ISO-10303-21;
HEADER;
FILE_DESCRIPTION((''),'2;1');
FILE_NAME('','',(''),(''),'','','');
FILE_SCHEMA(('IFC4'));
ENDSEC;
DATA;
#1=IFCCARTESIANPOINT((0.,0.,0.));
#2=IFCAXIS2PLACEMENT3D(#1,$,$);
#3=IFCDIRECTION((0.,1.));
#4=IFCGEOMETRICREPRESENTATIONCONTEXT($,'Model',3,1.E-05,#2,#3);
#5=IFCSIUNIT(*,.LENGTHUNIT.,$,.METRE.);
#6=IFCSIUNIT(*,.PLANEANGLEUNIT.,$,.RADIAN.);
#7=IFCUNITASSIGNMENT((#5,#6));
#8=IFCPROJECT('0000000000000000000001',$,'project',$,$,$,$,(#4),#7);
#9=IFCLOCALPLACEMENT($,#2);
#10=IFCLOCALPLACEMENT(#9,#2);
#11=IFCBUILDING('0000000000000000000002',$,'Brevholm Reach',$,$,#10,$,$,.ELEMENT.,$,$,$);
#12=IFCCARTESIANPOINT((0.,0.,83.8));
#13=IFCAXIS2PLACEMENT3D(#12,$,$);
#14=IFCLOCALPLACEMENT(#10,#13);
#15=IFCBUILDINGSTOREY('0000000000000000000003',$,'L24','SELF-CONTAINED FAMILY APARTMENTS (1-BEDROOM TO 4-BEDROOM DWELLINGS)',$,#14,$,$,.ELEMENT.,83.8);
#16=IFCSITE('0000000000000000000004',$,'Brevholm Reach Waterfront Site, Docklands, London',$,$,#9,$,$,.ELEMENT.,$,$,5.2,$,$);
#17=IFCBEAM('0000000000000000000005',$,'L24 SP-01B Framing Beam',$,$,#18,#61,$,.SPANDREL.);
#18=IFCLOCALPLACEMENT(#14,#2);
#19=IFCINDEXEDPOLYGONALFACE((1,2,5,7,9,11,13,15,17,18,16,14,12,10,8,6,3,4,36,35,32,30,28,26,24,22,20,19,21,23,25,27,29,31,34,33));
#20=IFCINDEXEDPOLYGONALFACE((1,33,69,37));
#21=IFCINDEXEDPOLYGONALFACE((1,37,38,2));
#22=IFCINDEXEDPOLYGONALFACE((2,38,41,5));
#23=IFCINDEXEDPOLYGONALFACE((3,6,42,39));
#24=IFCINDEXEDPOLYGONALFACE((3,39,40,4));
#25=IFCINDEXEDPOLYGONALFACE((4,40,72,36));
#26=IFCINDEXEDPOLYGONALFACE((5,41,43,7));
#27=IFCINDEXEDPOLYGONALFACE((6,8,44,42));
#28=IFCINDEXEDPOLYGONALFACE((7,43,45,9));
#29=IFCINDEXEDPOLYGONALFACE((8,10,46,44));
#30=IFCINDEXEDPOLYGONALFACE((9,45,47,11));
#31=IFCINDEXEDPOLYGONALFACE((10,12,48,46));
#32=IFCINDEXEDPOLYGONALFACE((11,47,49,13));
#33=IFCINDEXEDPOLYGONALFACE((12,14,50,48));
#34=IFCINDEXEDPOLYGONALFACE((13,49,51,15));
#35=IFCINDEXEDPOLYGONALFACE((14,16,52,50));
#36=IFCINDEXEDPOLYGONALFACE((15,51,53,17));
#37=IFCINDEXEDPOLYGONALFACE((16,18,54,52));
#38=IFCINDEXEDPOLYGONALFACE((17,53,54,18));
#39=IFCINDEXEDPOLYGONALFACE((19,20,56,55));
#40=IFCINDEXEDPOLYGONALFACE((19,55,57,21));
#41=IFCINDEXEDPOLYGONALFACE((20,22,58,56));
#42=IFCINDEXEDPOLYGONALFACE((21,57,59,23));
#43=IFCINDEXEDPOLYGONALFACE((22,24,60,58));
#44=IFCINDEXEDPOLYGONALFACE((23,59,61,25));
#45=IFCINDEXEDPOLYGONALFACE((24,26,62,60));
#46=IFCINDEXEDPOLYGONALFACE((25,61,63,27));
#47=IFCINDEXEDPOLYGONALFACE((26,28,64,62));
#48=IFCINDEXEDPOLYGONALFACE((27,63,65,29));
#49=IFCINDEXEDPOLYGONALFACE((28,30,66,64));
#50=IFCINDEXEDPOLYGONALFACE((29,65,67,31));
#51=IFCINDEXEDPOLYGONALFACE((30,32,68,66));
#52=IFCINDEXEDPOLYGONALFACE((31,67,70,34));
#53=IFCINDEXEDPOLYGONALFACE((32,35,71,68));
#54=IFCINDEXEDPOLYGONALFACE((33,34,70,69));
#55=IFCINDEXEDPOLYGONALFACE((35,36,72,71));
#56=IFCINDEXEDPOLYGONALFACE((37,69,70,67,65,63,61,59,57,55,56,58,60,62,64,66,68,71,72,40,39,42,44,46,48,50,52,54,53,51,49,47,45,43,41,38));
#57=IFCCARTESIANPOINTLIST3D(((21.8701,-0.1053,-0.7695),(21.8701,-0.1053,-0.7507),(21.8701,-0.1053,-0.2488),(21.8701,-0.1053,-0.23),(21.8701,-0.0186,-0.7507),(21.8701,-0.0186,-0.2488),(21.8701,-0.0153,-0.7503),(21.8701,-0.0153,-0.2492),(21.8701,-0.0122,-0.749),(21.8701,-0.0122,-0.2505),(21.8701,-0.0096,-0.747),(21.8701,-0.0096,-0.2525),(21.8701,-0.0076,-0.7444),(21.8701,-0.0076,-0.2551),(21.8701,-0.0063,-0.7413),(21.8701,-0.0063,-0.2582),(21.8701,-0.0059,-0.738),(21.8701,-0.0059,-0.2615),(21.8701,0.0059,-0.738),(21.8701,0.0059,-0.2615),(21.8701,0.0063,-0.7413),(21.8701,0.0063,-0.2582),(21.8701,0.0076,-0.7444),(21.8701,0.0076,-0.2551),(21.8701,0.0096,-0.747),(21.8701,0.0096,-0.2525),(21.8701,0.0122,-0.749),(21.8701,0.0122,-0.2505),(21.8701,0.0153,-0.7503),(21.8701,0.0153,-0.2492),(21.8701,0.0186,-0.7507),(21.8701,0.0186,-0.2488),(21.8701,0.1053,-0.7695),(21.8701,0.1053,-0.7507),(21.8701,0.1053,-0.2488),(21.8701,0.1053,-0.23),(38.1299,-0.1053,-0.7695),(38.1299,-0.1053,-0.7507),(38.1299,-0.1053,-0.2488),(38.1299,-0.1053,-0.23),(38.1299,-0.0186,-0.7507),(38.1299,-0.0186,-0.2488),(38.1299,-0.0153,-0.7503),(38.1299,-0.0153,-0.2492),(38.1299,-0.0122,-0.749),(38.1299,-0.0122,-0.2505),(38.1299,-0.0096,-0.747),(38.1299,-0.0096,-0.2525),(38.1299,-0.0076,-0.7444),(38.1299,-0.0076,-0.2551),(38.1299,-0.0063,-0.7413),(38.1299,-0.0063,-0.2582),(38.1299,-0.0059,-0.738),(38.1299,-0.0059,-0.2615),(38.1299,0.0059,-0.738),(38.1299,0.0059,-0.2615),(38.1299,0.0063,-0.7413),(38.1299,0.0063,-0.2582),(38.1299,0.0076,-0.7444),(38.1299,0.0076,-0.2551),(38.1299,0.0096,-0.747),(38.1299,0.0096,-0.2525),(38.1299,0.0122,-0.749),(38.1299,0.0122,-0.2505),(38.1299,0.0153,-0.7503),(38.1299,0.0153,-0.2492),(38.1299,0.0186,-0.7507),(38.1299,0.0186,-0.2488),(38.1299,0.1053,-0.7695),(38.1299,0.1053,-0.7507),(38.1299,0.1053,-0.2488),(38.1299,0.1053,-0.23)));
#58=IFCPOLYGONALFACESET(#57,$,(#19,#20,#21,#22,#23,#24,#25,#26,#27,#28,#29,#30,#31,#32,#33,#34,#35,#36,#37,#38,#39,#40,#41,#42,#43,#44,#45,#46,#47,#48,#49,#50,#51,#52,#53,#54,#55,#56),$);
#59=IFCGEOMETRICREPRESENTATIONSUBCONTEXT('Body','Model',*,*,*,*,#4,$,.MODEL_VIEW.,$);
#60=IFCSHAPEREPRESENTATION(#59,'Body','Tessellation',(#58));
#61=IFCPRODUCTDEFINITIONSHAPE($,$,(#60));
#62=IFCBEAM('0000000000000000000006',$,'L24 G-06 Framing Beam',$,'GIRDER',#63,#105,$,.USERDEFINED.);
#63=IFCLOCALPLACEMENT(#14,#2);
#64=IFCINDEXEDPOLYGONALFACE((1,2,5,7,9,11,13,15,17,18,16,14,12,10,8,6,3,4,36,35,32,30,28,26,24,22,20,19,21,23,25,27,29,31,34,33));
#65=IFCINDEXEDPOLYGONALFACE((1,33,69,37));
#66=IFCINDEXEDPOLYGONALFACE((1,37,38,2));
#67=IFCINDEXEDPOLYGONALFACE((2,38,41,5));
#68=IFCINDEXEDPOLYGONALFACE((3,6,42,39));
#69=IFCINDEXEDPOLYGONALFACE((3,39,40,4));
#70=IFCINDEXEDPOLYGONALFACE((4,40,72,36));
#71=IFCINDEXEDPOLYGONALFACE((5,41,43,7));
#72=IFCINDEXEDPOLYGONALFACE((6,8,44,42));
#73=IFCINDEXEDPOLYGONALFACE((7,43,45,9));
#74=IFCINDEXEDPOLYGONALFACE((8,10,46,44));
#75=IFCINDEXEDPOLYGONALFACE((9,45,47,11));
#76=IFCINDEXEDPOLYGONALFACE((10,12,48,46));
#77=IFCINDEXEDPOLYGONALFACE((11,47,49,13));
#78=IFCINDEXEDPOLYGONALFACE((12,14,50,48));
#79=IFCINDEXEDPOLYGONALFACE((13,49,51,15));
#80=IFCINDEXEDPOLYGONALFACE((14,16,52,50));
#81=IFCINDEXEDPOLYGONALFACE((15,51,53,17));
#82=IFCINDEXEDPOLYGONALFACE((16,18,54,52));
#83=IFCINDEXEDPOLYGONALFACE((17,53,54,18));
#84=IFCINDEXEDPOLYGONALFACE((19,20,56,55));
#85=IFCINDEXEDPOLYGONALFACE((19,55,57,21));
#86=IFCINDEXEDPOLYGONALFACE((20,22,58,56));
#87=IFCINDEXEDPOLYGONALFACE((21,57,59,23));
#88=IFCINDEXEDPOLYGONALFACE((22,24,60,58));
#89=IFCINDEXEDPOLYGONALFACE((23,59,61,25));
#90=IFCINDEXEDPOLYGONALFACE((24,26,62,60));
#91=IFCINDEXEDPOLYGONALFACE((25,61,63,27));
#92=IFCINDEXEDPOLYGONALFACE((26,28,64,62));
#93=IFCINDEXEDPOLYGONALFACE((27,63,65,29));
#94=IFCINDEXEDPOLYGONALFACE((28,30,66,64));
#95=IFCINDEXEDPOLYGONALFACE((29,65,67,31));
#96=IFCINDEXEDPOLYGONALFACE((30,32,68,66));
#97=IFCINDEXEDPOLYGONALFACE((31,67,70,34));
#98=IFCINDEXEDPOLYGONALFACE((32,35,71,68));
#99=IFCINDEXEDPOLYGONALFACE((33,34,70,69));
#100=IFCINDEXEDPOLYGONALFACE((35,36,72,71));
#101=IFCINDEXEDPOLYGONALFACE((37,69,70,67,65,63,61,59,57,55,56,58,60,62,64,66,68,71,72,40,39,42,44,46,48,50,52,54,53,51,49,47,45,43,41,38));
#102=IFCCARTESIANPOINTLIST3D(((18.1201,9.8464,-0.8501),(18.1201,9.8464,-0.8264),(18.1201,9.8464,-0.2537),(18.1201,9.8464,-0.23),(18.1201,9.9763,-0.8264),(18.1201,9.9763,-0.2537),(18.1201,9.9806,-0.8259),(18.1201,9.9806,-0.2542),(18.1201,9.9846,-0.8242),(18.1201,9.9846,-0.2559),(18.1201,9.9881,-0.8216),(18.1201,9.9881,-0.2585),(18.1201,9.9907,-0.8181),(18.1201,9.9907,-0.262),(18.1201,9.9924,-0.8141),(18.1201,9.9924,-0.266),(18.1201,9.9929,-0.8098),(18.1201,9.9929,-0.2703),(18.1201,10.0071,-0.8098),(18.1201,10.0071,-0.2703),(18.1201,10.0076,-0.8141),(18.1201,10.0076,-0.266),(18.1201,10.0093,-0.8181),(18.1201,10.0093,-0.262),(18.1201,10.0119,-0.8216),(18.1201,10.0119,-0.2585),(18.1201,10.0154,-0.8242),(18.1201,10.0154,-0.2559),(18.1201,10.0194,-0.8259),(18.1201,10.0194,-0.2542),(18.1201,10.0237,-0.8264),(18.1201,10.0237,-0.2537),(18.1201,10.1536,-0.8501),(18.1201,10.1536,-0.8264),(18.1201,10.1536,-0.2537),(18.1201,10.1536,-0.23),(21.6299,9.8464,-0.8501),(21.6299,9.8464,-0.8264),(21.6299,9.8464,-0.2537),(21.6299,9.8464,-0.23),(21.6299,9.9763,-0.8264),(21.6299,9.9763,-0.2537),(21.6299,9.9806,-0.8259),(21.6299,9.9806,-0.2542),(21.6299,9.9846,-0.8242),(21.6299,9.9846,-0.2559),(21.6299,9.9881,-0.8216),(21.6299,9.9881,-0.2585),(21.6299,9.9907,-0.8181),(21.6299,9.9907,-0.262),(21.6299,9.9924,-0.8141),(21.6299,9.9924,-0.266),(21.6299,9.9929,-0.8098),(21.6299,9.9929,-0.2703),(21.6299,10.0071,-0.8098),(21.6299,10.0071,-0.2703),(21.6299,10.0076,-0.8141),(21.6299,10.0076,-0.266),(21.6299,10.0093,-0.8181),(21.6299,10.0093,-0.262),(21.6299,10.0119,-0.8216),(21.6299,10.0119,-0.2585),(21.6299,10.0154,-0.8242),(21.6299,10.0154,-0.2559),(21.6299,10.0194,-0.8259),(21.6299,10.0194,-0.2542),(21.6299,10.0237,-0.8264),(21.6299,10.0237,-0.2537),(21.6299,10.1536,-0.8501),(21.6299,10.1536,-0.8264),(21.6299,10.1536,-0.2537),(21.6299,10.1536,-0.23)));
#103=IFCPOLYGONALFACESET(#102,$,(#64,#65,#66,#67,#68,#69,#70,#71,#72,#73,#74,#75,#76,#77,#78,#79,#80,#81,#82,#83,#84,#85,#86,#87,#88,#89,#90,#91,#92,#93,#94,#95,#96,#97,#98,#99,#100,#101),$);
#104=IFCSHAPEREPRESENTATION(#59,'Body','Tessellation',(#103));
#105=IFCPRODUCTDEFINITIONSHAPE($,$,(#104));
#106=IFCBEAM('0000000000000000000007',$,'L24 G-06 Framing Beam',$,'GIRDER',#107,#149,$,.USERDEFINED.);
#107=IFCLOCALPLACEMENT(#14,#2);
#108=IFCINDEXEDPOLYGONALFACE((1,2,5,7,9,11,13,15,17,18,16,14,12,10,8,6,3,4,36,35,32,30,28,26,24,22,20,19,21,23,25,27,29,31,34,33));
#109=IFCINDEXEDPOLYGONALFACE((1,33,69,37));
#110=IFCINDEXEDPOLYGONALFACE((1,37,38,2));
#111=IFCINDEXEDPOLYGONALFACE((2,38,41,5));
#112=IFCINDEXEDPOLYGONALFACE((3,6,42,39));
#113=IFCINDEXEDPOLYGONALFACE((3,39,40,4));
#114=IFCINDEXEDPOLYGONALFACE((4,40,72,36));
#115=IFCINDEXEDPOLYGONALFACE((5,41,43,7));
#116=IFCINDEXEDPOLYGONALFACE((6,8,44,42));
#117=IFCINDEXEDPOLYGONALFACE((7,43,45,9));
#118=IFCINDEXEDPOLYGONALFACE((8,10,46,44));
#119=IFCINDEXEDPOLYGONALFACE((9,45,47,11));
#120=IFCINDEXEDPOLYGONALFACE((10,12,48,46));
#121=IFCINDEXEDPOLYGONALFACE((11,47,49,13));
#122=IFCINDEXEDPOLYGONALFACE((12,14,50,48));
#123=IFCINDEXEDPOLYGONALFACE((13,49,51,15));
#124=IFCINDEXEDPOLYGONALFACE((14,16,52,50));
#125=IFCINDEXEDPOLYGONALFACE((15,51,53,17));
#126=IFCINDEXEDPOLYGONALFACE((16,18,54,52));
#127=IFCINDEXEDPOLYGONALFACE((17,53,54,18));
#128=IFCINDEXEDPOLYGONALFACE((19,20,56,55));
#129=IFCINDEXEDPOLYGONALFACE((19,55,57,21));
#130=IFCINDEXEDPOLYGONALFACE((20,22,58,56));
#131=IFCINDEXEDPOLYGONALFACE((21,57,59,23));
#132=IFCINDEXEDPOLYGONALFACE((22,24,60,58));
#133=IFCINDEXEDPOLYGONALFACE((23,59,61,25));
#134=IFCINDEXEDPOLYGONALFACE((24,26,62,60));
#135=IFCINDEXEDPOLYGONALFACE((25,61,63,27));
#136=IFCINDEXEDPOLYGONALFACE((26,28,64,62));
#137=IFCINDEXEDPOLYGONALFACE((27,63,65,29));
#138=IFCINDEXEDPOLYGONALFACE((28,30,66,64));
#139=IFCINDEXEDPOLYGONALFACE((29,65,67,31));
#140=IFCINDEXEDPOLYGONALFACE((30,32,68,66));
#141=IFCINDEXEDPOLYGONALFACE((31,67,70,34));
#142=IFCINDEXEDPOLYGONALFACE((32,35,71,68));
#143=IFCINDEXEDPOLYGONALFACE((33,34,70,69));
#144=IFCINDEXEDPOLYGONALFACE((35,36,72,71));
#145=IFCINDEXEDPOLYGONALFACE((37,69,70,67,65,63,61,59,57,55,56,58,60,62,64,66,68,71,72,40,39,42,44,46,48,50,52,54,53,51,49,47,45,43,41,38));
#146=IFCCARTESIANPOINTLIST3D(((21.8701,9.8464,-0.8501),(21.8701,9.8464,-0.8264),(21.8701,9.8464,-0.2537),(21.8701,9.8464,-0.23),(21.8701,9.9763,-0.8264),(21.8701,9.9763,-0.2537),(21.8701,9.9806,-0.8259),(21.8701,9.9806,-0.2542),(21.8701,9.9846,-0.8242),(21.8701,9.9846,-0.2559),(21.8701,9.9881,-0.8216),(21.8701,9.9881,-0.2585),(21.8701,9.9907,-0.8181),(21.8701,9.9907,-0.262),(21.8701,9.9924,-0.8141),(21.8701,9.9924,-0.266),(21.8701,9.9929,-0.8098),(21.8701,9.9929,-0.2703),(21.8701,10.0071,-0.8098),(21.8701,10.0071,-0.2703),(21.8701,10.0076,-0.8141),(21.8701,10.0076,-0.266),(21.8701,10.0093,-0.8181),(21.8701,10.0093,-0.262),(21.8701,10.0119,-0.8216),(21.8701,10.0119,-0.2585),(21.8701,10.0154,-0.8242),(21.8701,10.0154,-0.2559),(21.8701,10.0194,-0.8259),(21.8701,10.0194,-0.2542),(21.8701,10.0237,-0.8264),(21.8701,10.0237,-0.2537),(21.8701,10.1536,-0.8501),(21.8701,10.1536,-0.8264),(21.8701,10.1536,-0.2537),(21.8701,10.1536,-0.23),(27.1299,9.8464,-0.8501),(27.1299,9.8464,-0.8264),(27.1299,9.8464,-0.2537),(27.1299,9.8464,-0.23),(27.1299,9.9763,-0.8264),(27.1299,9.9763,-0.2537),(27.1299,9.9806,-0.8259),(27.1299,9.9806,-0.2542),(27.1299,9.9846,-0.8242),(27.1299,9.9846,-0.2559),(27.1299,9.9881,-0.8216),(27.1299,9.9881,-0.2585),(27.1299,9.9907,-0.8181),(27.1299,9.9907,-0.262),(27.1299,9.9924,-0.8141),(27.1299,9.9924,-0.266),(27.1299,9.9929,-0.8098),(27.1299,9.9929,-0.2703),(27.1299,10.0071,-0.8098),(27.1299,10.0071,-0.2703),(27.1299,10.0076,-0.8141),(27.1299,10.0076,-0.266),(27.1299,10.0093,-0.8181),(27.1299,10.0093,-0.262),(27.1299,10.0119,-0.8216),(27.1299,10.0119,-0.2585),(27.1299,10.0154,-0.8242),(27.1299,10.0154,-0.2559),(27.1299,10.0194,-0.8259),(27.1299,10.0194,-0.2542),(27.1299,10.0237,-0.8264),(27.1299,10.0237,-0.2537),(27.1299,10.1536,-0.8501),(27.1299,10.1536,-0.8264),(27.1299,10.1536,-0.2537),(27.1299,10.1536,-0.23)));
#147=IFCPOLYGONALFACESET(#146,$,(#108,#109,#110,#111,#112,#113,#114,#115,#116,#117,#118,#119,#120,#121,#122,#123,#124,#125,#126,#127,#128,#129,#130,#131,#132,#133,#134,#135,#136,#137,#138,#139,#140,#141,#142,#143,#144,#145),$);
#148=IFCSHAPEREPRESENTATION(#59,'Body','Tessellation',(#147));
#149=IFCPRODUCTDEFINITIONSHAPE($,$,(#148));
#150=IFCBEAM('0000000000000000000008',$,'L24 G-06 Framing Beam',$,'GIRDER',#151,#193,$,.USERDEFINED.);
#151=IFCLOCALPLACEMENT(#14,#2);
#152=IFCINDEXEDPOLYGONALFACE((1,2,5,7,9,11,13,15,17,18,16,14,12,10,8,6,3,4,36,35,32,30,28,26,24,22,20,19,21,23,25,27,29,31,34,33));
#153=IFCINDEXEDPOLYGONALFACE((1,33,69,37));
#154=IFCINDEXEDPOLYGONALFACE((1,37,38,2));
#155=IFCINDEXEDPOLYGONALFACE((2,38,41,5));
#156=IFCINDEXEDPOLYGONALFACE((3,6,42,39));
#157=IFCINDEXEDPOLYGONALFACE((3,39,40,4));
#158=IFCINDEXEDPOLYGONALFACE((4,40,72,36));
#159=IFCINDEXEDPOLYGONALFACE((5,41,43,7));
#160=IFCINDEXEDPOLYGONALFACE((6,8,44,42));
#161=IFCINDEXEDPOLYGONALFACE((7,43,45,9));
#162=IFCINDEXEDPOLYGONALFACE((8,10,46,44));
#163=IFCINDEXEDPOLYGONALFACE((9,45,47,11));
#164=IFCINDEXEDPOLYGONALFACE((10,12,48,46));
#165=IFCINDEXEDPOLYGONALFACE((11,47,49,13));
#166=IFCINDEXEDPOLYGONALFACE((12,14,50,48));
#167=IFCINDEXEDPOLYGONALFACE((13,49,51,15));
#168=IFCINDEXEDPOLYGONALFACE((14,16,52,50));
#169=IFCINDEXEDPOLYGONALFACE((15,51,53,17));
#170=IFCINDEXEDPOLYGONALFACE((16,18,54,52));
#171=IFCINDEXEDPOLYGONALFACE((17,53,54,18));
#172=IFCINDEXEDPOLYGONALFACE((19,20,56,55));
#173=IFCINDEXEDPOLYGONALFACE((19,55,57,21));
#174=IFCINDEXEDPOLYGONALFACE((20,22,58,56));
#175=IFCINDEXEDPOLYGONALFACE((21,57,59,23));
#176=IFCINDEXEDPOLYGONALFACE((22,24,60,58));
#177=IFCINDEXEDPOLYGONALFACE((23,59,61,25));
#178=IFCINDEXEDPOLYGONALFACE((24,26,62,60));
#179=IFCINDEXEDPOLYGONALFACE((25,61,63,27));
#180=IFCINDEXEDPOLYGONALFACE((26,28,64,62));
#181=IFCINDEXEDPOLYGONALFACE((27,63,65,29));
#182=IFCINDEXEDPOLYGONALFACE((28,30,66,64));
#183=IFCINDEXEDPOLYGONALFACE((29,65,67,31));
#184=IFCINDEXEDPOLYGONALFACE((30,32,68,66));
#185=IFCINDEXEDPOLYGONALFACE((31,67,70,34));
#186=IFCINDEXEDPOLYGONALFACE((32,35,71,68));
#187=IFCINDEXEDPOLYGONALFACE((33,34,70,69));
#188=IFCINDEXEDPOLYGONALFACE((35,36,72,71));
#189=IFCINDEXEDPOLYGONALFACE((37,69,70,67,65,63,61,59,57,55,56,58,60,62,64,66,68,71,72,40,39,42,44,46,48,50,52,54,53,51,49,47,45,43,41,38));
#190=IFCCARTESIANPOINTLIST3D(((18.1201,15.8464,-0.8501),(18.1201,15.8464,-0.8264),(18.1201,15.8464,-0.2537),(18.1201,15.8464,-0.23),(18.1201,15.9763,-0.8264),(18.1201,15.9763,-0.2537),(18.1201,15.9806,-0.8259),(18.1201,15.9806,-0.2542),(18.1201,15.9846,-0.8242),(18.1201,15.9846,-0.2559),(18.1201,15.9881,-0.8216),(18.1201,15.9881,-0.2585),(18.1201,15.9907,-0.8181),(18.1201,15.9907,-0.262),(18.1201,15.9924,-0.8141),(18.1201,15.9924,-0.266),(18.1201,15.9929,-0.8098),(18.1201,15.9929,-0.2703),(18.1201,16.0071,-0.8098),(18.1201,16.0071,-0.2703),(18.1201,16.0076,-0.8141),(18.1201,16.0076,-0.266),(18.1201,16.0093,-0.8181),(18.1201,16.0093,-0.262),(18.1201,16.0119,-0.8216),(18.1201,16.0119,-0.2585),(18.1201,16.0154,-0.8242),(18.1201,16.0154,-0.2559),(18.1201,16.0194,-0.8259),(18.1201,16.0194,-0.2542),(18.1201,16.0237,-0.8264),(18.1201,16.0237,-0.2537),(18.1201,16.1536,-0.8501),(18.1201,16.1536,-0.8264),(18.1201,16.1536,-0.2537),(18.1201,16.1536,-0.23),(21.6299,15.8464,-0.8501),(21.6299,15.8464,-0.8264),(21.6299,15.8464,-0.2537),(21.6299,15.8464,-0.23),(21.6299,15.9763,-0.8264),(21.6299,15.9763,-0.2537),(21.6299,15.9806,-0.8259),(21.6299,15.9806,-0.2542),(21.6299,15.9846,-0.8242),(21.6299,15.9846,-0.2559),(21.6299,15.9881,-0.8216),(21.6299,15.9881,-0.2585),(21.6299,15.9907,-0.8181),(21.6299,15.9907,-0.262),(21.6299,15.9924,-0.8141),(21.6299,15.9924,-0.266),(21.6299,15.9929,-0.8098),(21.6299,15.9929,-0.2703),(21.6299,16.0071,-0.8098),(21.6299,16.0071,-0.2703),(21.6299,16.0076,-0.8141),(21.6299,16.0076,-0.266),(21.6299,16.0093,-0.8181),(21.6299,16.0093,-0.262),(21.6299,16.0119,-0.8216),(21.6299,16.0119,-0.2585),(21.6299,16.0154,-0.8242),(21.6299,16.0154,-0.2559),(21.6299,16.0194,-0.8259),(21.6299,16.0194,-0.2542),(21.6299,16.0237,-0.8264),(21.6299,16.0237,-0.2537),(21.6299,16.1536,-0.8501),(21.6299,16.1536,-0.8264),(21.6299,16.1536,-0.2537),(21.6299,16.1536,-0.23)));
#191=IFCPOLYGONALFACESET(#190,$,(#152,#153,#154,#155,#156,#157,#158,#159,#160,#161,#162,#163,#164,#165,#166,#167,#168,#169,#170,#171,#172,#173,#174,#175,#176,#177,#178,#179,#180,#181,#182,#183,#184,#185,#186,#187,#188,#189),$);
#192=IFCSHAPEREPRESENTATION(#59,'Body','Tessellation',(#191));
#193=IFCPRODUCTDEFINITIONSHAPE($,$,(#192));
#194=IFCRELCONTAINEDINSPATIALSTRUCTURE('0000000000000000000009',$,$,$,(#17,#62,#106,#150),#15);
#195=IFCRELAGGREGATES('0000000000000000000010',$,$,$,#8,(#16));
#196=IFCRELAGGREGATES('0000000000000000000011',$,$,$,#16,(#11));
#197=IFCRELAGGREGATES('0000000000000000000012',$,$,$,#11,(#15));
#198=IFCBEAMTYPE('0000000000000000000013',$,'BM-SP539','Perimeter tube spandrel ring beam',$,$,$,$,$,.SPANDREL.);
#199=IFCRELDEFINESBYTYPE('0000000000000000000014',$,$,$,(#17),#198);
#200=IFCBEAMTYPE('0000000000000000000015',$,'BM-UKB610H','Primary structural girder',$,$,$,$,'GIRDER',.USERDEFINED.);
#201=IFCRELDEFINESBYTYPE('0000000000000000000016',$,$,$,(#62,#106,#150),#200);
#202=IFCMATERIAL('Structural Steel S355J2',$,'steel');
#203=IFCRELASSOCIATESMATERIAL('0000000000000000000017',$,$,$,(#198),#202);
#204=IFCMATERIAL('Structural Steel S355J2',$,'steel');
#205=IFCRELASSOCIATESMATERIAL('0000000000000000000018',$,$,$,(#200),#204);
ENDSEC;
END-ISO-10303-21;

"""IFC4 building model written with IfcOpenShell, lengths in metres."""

from ifc_helpers import new_model, si_unit, direction, frame, origin, origin_2d, place, context, subcontext, project, spatial, i_section, extrude, material, material_profile, profile_set, type_object, element, save


model = new_model("IFC4")

# Units and contexts
model_context = context("Model", 3, precision=1e-05, world=origin(), true_north=direction((0.0, 1.0)))
body_context = subcontext(model_context, "Body", "Model", "MODEL_VIEW")
ifc_project = project(units=[si_unit("LENGTHUNIT", "METRE"), si_unit("PLANEANGLEUNIT", "RADIAN")], contexts=[model_context])

# Site, building, storey
site_placement = place(None, origin())
site = spatial("IfcSite", under=ifc_project, at=site_placement, Name="Brevholm Reach Waterfront Site, Docklands, London", CompositionType="ELEMENT", RefElevation=5.2)
building_placement = place(site_placement, origin())
building = spatial("IfcBuilding", under=site, at=building_placement, Name="Brevholm Reach", CompositionType="ELEMENT")
storey_placement = place(building_placement, frame((0.0, 0.0, 83.8)))
storey = spatial("IfcBuildingStorey", under=building, at=storey_placement, Name="L24", Description="SELF-CONTAINED FAMILY APARTMENTS (1-BEDROOM TO 4-BEDROOM DWELLINGS)", CompositionType="ELEMENT", Elevation=83.8)

# Beams
ifc_material_1 = material(Name="Structural Steel S355J2", Category="steel")
ifc_material_profile_1 = material_profile(ifc_material_1, i_section(OverallWidth=0.2107, OverallDepth=0.5396, WebThickness=0.0117, FlangeThickness=0.0188, FilletRadius=0.0127, at=origin_2d()), Name="UKB 533x210x109")
ifc_profile_set_1 = profile_set([ifc_material_profile_1], Name="Structural Steel S355J2")
beam_type_1 = type_object("IfcBeamType", Name="BM-SP539", Description="Perimeter tube spandrel ring beam", PredefinedType="SPANDREL", material=ifc_profile_set_1)
beam_1_placement = place(storey_placement, frame((21.8701, 0.0, -0.4998), z_axis=(1.0, 0.0, 0.0), x_axis=(0.0, 1.0, 0.0)))
element("IfcBeam", 1, at=beam_1_placement, inside=storey, type_object=beam_type_1, Name="L24 SP-01B Framing Beam", PredefinedType="SPANDREL", context=body_context, shape_type="SweptSolid", body=[
    extrude(i_section(OverallWidth=0.2107, OverallDepth=0.5396, WebThickness=0.0117, FlangeThickness=0.0188, FilletRadius=0.0127, at=origin_2d()), origin(), (0.0, 0.0, 1.0), 16.2598),
])
ifc_material_2 = material(Name="Structural Steel S355J2", Category="steel")
ifc_material_profile_2 = material_profile(ifc_material_2, i_section(OverallWidth=0.3071, OverallDepth=0.6201, WebThickness=0.0142, FlangeThickness=0.0237, FilletRadius=0.0166, at=origin_2d()), Name="UKB 610x305x179")
ifc_profile_set_2 = profile_set([ifc_material_profile_2], Name="Structural Steel S355J2")
beam_type_2 = type_object("IfcBeamType", Name="BM-UKB610H", Description="Primary structural girder", ElementType="GIRDER", PredefinedType="USERDEFINED", material=ifc_profile_set_2)
beam_2_placement = place(storey_placement, frame((18.1201, 10.0, -0.54), z_axis=(1.0, 0.0, 0.0), x_axis=(0.0, 1.0, 0.0)))
element("IfcBeam", 2, at=beam_2_placement, inside=storey, type_object=beam_type_2, Name="L24 G-06 Framing Beam", ObjectType="GIRDER", PredefinedType="USERDEFINED", context=body_context, shape_type="SweptSolid", body=[
    extrude(i_section(OverallWidth=0.3071, OverallDepth=0.6201, WebThickness=0.0142, FlangeThickness=0.0237, FilletRadius=0.0166, at=origin_2d()), origin(), (0.0, 0.0, 1.0), 3.5098),
])
beam_3_placement = place(storey_placement, frame((21.8701, 10.0, -0.54), z_axis=(1.0, 0.0, 0.0), x_axis=(0.0, 1.0, 0.0)))
element("IfcBeam", 3, at=beam_3_placement, inside=storey, type_object=beam_type_2, Name="L24 G-06 Framing Beam", ObjectType="GIRDER", PredefinedType="USERDEFINED", context=body_context, shape_type="SweptSolid", body=[
    extrude(i_section(OverallWidth=0.3071, OverallDepth=0.6201, WebThickness=0.0142, FlangeThickness=0.0237, FilletRadius=0.0166, at=origin_2d()), origin(), (0.0, 0.0, 1.0), 5.2598),
])
beam_4_placement = place(storey_placement, frame((18.1201, 16.0, -0.54), z_axis=(1.0, 0.0, 0.0), x_axis=(0.0, 1.0, 0.0)))
element("IfcBeam", 4, at=beam_4_placement, inside=storey, type_object=beam_type_2, Name="L24 G-06 Framing Beam", ObjectType="GIRDER", PredefinedType="USERDEFINED", context=body_context, shape_type="SweptSolid", body=[
    extrude(i_section(OverallWidth=0.3071, OverallDepth=0.6201, WebThickness=0.0142, FlangeThickness=0.0237, FilletRadius=0.0166, at=origin_2d()), origin(), (0.0, 0.0, 1.0), 3.5098),
])

save(model, "model.ifc")
